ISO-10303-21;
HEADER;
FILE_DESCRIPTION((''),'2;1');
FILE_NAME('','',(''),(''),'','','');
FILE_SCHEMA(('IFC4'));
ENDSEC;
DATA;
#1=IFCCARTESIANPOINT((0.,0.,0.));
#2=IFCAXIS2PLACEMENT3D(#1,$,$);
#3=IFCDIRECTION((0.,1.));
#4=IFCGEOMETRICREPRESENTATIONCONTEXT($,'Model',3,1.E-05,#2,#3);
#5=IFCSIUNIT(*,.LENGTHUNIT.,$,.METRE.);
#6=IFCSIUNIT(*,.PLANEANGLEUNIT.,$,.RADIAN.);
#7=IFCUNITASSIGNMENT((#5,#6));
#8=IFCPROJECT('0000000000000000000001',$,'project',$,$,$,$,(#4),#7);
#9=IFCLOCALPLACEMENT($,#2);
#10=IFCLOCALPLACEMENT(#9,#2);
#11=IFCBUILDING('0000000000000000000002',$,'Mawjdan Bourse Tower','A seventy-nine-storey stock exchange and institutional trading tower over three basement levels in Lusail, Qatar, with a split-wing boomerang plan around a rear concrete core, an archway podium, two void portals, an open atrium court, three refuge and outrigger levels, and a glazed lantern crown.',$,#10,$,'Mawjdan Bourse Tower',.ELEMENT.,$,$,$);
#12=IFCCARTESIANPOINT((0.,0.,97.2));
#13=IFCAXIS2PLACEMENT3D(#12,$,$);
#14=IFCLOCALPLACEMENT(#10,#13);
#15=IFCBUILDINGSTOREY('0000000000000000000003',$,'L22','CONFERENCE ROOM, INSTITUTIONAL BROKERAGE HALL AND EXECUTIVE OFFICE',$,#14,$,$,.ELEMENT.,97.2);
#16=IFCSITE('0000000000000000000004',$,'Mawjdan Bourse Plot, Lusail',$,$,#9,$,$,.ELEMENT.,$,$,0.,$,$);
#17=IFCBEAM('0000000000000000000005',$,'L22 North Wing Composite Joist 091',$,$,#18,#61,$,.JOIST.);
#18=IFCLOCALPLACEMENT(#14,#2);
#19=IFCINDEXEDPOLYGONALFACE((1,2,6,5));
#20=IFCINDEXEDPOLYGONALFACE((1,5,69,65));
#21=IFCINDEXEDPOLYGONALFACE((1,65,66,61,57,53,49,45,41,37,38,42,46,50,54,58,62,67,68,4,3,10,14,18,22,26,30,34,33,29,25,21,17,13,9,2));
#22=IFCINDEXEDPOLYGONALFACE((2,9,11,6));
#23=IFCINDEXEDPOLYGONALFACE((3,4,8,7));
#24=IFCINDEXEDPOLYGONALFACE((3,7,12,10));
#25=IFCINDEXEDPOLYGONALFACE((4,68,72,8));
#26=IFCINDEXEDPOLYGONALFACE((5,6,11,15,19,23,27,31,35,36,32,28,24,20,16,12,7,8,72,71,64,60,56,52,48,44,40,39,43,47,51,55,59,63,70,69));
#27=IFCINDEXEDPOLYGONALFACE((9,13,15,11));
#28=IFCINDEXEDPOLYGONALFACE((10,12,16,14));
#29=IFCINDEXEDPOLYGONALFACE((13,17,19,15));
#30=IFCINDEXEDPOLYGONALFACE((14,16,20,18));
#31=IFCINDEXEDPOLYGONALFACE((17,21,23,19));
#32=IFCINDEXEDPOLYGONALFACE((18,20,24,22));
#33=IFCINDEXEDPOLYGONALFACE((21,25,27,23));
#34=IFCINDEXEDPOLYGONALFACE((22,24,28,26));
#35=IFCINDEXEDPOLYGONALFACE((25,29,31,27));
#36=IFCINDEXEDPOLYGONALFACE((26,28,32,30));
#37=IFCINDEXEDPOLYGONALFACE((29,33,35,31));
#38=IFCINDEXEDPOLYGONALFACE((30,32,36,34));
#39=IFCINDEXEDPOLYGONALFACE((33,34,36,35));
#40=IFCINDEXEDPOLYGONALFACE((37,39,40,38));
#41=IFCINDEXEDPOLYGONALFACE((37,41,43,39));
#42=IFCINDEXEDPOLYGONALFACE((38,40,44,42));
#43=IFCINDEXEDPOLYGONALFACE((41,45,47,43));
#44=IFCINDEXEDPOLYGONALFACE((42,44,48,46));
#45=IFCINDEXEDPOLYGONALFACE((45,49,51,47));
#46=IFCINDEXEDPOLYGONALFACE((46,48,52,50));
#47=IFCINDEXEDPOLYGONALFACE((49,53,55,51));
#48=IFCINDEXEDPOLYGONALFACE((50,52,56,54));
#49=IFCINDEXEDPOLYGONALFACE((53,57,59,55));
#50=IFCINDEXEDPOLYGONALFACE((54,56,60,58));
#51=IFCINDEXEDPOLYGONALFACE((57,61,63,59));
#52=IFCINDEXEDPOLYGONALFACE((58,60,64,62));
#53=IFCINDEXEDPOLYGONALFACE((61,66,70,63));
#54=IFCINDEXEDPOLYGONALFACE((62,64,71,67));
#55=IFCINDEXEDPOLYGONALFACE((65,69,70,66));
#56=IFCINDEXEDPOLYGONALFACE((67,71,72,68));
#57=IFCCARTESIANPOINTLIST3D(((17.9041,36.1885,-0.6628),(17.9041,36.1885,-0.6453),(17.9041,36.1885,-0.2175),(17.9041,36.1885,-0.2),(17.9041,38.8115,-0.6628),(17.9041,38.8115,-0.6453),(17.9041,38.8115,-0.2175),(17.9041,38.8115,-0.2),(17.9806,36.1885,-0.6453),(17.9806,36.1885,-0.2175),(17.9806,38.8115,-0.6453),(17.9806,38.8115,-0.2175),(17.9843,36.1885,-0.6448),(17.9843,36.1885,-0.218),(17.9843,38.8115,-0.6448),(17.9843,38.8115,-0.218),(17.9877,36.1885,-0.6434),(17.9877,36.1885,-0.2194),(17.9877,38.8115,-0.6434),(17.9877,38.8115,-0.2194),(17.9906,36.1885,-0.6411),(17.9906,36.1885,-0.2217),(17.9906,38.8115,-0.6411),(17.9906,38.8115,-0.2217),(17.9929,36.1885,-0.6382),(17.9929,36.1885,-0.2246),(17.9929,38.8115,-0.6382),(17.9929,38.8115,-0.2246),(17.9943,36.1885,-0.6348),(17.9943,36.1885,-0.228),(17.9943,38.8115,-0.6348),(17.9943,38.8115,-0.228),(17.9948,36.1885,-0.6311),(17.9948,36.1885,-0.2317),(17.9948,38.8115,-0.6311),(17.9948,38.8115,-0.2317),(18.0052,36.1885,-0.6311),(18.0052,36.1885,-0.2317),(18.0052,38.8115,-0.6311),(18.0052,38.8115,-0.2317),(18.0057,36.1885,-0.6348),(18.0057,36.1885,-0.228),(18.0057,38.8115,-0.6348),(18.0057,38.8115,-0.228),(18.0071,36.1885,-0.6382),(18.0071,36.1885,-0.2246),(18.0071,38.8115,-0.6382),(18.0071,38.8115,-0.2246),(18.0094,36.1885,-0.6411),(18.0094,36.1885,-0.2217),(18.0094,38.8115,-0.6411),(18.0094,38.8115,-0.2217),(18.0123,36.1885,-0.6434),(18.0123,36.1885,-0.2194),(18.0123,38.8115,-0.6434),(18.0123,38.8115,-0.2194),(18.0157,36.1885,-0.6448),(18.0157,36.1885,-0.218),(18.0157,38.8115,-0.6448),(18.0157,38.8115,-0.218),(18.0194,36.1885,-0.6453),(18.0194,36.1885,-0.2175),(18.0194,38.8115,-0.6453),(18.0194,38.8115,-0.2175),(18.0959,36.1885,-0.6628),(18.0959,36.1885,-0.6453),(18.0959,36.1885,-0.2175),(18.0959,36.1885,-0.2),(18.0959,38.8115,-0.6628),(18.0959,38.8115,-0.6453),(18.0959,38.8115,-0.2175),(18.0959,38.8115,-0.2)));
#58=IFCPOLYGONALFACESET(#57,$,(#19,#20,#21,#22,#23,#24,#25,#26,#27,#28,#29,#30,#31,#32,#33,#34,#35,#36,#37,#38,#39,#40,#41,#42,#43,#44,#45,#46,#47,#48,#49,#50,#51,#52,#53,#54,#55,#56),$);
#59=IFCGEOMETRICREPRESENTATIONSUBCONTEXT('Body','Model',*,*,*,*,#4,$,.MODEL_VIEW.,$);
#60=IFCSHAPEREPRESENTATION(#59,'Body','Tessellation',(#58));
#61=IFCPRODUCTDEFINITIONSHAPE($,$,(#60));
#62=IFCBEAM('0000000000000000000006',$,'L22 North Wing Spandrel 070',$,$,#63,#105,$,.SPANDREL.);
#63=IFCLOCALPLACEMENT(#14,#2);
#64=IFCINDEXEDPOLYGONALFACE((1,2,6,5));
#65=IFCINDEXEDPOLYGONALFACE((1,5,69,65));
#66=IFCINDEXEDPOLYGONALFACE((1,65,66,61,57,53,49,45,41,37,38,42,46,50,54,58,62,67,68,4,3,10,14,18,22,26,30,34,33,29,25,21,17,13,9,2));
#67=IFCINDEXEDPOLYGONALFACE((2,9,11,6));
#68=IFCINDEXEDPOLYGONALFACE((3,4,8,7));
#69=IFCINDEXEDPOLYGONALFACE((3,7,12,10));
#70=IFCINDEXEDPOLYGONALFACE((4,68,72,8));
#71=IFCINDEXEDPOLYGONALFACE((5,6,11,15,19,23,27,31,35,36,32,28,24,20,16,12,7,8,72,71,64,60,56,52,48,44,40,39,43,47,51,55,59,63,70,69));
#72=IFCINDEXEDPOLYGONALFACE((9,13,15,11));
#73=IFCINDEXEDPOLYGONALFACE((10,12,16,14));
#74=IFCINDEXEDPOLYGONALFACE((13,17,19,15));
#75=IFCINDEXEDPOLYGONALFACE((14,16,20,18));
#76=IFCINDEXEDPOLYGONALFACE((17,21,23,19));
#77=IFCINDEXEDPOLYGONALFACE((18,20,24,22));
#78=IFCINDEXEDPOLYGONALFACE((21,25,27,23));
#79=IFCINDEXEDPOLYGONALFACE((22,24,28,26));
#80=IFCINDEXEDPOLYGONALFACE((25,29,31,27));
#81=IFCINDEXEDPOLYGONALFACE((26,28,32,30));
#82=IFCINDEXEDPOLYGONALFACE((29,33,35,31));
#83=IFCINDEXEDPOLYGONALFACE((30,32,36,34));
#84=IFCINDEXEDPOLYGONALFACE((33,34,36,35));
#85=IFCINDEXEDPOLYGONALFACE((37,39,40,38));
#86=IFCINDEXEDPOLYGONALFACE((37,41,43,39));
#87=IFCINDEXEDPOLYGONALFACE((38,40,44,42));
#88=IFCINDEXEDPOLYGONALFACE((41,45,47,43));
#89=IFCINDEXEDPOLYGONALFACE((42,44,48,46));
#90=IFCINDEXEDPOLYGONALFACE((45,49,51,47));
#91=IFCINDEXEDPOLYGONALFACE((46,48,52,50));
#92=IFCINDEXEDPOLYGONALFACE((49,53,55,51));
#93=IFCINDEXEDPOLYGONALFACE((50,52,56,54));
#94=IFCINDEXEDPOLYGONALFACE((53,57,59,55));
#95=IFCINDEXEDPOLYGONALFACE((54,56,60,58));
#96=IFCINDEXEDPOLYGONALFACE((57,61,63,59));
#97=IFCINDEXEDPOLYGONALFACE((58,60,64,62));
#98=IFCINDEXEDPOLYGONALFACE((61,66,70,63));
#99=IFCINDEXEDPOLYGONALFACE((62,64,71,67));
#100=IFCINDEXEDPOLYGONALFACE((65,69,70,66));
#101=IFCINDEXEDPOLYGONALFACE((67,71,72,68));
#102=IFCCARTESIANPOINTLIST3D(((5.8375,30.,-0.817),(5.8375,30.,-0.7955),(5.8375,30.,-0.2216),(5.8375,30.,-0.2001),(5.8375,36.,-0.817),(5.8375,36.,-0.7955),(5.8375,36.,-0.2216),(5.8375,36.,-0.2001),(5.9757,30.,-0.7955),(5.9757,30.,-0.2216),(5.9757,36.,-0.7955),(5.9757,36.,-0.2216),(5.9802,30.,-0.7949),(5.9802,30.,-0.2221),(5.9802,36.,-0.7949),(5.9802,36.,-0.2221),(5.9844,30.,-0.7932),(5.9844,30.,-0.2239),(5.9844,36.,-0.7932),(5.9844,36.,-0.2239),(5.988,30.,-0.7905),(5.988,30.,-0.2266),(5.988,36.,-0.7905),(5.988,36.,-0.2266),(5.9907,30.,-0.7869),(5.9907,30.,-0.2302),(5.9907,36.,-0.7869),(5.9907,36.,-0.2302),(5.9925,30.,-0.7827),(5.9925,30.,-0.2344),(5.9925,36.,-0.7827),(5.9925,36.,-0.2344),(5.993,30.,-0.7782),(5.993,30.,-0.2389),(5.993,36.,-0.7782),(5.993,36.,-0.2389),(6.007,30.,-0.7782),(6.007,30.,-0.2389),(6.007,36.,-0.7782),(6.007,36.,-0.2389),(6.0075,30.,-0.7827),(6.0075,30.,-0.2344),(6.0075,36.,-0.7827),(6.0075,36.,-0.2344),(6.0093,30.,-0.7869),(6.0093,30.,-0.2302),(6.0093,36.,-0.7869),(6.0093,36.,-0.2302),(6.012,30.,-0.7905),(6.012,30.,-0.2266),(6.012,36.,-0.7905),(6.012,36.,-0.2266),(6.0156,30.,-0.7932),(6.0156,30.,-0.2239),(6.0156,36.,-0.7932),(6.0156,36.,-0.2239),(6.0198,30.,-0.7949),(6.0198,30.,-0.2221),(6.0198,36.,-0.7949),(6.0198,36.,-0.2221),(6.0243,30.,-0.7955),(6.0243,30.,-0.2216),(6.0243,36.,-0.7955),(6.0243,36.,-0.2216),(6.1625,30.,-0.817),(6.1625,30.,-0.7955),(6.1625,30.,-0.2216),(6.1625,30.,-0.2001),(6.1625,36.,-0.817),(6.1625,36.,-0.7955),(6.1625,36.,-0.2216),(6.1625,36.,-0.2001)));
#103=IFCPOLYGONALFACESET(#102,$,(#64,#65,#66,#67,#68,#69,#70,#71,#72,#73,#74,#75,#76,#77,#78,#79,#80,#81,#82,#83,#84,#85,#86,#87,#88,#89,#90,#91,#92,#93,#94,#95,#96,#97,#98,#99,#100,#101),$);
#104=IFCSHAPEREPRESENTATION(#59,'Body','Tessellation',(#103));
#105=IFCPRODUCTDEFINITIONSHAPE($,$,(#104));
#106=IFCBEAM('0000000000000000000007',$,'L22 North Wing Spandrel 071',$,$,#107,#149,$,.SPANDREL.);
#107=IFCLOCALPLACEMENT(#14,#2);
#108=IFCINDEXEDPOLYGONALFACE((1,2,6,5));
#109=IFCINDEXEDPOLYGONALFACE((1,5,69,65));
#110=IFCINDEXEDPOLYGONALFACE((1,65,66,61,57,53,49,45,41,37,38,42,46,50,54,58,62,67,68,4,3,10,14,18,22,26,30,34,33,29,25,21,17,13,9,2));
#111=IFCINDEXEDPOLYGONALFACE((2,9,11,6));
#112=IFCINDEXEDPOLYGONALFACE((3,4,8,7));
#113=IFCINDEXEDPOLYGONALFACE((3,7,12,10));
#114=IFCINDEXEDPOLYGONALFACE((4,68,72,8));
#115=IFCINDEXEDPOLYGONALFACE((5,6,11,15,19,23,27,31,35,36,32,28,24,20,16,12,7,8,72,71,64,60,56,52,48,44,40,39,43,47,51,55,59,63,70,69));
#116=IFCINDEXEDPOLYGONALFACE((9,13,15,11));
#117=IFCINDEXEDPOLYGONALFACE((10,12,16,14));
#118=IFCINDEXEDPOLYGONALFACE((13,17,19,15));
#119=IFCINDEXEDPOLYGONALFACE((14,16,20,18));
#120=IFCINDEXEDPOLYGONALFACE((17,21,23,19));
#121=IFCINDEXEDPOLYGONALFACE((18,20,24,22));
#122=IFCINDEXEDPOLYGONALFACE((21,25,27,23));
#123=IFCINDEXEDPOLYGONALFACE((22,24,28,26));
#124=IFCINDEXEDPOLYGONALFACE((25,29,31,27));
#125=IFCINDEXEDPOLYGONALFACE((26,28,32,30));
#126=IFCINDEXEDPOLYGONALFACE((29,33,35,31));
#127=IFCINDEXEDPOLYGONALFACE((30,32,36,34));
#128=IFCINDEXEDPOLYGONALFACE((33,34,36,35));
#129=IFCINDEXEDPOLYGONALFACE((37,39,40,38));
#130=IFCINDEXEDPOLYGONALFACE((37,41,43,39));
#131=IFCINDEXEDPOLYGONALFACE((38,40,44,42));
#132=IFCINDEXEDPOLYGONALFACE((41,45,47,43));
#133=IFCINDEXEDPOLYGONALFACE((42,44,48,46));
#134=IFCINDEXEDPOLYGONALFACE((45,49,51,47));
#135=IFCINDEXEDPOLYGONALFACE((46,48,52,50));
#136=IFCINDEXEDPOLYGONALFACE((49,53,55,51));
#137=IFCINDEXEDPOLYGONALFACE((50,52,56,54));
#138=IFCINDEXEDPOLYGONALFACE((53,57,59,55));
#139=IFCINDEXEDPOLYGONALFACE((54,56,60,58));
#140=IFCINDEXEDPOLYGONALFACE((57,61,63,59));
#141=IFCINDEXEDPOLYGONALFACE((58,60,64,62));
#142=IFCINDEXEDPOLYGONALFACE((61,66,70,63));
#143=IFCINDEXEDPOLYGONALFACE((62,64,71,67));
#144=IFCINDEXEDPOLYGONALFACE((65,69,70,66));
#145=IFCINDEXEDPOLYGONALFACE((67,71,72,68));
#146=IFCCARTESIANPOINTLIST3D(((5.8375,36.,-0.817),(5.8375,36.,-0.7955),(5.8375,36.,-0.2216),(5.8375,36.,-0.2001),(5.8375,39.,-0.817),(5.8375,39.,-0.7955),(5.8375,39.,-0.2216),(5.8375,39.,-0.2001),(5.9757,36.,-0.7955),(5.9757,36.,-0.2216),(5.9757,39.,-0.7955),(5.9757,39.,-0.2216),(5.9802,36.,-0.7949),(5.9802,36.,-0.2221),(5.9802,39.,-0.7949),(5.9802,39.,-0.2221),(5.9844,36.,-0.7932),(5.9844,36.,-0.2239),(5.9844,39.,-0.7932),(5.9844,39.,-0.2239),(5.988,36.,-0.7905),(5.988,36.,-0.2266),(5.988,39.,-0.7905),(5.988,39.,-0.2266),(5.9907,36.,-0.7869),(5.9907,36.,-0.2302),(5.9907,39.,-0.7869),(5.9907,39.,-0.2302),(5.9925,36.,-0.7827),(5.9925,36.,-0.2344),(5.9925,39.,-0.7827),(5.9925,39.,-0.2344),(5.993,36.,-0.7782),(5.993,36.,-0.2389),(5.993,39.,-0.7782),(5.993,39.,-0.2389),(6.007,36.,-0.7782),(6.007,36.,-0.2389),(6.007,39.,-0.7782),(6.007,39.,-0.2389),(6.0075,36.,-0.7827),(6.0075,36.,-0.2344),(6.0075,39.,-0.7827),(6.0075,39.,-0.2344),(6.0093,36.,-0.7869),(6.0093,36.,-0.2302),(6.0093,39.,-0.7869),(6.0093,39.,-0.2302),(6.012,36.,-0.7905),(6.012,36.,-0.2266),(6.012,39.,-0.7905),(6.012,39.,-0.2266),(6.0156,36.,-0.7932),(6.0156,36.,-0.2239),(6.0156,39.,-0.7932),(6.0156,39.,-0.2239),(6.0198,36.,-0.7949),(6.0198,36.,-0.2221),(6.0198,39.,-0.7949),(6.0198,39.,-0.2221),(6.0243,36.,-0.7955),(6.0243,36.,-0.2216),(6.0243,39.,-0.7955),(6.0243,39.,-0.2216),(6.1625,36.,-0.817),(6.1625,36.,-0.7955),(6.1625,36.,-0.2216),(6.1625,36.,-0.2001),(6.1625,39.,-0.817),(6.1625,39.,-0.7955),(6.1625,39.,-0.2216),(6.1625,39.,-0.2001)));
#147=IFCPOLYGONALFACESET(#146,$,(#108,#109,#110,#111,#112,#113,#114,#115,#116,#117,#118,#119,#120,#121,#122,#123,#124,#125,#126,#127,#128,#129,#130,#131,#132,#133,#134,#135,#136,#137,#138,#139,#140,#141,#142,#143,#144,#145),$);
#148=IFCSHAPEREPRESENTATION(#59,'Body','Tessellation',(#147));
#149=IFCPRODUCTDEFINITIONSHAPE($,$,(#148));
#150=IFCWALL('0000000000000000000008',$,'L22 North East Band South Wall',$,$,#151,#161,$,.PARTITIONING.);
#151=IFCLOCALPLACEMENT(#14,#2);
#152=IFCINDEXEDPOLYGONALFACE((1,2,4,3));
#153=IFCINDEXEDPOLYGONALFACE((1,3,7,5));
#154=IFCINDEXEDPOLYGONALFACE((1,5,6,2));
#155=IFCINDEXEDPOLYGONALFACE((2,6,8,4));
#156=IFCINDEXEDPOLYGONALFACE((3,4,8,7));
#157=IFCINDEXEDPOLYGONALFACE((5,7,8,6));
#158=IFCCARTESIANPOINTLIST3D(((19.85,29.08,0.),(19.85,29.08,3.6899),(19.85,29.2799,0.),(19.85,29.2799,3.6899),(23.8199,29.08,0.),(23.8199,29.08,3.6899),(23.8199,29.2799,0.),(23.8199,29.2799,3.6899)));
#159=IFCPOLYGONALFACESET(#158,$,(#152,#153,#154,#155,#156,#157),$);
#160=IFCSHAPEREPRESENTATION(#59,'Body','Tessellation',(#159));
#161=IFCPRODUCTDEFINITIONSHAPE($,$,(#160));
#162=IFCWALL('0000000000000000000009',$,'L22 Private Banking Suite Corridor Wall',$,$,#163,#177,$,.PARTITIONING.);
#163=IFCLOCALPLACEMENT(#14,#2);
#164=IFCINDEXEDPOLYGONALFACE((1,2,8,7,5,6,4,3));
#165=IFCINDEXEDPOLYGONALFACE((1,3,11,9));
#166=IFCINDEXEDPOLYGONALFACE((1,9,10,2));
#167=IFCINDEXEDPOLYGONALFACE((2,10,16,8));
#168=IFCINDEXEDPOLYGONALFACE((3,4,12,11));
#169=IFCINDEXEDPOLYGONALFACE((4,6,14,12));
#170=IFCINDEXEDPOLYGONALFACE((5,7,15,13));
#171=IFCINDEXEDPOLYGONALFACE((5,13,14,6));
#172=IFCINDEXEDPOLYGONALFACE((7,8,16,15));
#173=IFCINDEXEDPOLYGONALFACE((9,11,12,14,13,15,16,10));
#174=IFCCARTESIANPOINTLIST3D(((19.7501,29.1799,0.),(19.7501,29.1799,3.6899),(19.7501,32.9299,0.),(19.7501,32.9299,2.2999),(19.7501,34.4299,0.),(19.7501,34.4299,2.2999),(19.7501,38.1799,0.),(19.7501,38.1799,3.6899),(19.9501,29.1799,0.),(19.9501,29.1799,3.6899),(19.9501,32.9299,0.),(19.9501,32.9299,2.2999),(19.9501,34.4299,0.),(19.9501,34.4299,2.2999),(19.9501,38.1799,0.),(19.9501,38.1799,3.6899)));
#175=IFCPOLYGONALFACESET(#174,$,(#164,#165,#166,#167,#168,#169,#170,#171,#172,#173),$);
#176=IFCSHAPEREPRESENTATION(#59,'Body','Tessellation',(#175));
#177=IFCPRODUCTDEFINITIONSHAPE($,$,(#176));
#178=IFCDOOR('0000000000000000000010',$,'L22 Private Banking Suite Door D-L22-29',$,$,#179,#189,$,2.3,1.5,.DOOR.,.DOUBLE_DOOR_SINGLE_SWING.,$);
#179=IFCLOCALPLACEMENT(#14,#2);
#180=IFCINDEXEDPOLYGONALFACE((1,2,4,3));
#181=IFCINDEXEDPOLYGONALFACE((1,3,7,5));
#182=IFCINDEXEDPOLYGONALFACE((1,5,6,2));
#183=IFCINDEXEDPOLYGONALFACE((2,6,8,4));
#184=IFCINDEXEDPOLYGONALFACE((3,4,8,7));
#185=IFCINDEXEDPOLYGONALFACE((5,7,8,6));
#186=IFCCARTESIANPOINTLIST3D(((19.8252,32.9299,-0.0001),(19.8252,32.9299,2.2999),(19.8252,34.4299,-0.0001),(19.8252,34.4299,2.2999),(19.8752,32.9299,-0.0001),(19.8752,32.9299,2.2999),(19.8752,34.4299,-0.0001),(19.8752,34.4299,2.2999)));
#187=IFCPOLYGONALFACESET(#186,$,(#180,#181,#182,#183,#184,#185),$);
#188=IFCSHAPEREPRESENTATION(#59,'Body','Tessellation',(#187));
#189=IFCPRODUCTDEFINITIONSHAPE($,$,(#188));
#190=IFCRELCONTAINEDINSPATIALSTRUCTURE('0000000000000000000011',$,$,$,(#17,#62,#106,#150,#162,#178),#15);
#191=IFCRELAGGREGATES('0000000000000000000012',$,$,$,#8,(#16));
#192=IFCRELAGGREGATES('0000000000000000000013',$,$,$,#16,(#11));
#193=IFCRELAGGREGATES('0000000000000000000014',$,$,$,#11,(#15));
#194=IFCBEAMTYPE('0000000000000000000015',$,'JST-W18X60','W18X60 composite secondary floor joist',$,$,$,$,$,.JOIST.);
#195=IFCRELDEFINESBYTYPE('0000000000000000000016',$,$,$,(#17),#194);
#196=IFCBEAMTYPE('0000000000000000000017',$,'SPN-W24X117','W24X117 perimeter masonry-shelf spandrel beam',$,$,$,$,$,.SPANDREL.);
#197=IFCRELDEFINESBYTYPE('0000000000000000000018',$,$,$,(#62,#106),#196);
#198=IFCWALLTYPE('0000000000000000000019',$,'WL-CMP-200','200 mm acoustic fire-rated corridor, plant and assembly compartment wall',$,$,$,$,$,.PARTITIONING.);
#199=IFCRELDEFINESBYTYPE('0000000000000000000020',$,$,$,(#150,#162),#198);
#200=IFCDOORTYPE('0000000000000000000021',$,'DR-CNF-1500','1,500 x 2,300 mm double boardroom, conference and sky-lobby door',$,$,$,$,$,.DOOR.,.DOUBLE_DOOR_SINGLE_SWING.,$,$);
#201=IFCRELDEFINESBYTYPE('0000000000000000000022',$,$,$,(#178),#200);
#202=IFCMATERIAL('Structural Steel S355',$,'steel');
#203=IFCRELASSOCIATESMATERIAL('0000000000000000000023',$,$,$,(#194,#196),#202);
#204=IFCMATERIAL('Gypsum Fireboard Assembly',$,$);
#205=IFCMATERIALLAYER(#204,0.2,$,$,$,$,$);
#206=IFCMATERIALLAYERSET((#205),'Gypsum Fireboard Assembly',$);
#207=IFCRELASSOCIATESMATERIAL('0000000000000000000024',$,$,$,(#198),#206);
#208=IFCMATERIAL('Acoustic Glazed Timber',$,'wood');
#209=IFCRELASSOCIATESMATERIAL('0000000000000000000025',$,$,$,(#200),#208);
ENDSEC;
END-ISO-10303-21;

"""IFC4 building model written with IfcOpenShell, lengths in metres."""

from ifc_helpers import new_model, si_unit, direction, frame, frame_2d, origin, origin_2d, place, context, subcontext, project, spatial, rectangle, i_section, extrude, material, layer, layer_set, material_profile, profile_set, type_object, element, fill, save


model = new_model("IFC4")

# Units and contexts
model_context = context("Model", 3, precision=1e-05, world=origin(), true_north=direction((0.0, 1.0)))
body_context = subcontext(model_context, "Body", "Model", "MODEL_VIEW")
ifc_project = project(units=[si_unit("LENGTHUNIT", "METRE"), si_unit("PLANEANGLEUNIT", "RADIAN")], contexts=[model_context])

# Site, building, storey
site_placement = place(None, origin())
site = spatial("IfcSite", under=ifc_project, at=site_placement, Name="Mawjdan Bourse Plot, Lusail", CompositionType="ELEMENT", RefElevation=0.0)
building_placement = place(site_placement, origin())
building = spatial("IfcBuilding", under=site, at=building_placement, Name="Mawjdan Bourse Tower", Description="A seventy-nine-storey stock exchange and institutional trading tower over three basement levels in Lusail, Qatar, with a split-wing boomerang plan around a rear concrete core, an archway podium, two void portals, an open atrium court, three refuge and outrigger levels, and a glazed lantern crown.", LongName="Mawjdan Bourse Tower", CompositionType="ELEMENT")
storey_placement = place(building_placement, frame((0.0, 0.0, 97.2)))
storey = spatial("IfcBuildingStorey", under=building, at=storey_placement, Name="L22", Description="CONFERENCE ROOM, INSTITUTIONAL BROKERAGE HALL AND EXECUTIVE OFFICE", CompositionType="ELEMENT", Elevation=97.2)

# Beams
ifc_material_1 = material(Name="Structural Steel S355", Category="steel")
ifc_material_profile_1 = material_profile(ifc_material_1, i_section(OverallWidth=0.1919, OverallDepth=0.4629, WebThickness=0.0105, FlangeThickness=0.0176, FilletRadius=0.0142, at=origin_2d()), Name="W18X60")
ifc_profile_set_1 = profile_set([ifc_material_profile_1], Name="Structural Steel S355")
beam_type_1 = type_object("IfcBeamType", Name="JST-W18X60", Description="W18X60 composite secondary floor joist", PredefinedType="JOIST", material=ifc_profile_set_1)
beam_1_placement = place(storey_placement, frame((18.0, 36.1885, -0.4314), z_axis=(0.0, 1.0, 0.0), x_axis=(-1.0, 0.0, 0.0)))
element("IfcBeam", 1, at=beam_1_placement, inside=storey, type_object=beam_type_1, Name="L22 North Wing Composite Joist 091", PredefinedType="JOIST", context=body_context, shape_type="SweptSolid", body=[
    extrude(i_section(OverallWidth=0.1919, OverallDepth=0.4629, WebThickness=0.0105, FlangeThickness=0.0176, FilletRadius=0.0142, at=origin_2d()), origin(), (0.0, 0.0, 1.0), 2.623),
])
ifc_material_profile_2 = material_profile(ifc_material_1, i_section(OverallWidth=0.325, OverallDepth=0.6169, WebThickness=0.0139, FlangeThickness=0.0215, FilletRadius=0.0173, at=origin_2d()), Name="W24X117")
ifc_profile_set_2 = profile_set([ifc_material_profile_2], Name="Structural Steel S355")
beam_type_2 = type_object("IfcBeamType", Name="SPN-W24X117", Description="W24X117 perimeter masonry-shelf spandrel beam", PredefinedType="SPANDREL", material=ifc_profile_set_2)
beam_2_placement = place(storey_placement, frame((6.0, 30.0, -0.5085), z_axis=(0.0, 1.0, 0.0), x_axis=(-1.0, 0.0, 0.0)))
element("IfcBeam", 2, at=beam_2_placement, inside=storey, type_object=beam_type_2, Name="L22 North Wing Spandrel 070", PredefinedType="SPANDREL", context=body_context, shape_type="SweptSolid", body=[
    extrude(i_section(OverallWidth=0.325, OverallDepth=0.6169, WebThickness=0.0139, FlangeThickness=0.0215, FilletRadius=0.0173, at=origin_2d()), origin(), (0.0, 0.0, 1.0), 6.0),
])
beam_3_placement = place(storey_placement, frame((6.0, 36.0, -0.5085), z_axis=(0.0, 1.0, 0.0), x_axis=(-1.0, 0.0, 0.0)))
element("IfcBeam", 3, at=beam_3_placement, inside=storey, type_object=beam_type_2, Name="L22 North Wing Spandrel 071", PredefinedType="SPANDREL", context=body_context, shape_type="SweptSolid", body=[
    extrude(i_section(OverallWidth=0.325, OverallDepth=0.6169, WebThickness=0.0139, FlangeThickness=0.0215, FilletRadius=0.0173, at=origin_2d()), origin(), (0.0, 0.0, 1.0), 3.0),
])

# Wall
ifc_material_2 = material(Name="Gypsum Fireboard Assembly")
ifc_layer_1 = layer(ifc_material_2, 0.2)
ifc_layer_set_1 = layer_set([ifc_layer_1], Name="Gypsum Fireboard Assembly")
wall_type_1 = type_object("IfcWallType", Name="WL-CMP-200", Description="200 mm acoustic fire-rated corridor, plant and assembly compartment wall", PredefinedType="PARTITIONING", material=ifc_layer_set_1)
wall_1_placement = place(storey_placement, frame((19.8501, 29.1799, 0.0), z_axis=(0.0, 0.0, 1.0), x_axis=(1.0, 0.0, 0.0)))
element("IfcWall", 4, at=wall_1_placement, inside=storey, type_object=wall_type_1, Name="L22 North East Band South Wall", PredefinedType="PARTITIONING", context=body_context, shape_type="SweptSolid", body=[
    extrude(rectangle(XDim=3.97, YDim=0.2, at=frame_2d((1.9849, 0.0))), origin(), (0.0, 0.0, 1.0), 3.6899),
])

# Wall, opening, door
wall_2_placement = place(storey_placement, frame((19.8501, 29.1799, 0.0), z_axis=(0.0, 0.0, 1.0), x_axis=(0.0, 1.0, 0.0)))
wall_2 = element("IfcWall", 5, at=wall_2_placement, inside=storey, type_object=wall_type_1, Name="L22 Private Banking Suite Corridor Wall", PredefinedType="PARTITIONING", context=body_context, shape_type="SweptSolid", body=[
    extrude(rectangle(XDim=9.0, YDim=0.2, at=frame_2d((4.5, 0.0))), origin(), (0.0, 0.0, 1.0), 3.6899),
])
opening_placement = place(wall_2_placement, frame((3.75, 0.0, 0.0)))
opening = element("IfcOpeningElement", 6, at=opening_placement, cuts=wall_2, PredefinedType="OPENING", context=body_context, shape_type="SweptSolid", body=[
    extrude(rectangle(XDim=1.5, YDim=2.3, at=frame_2d((0.75, 1.1499))), frame((0.0, 0.1099, 0.0), z_axis=(0.0, -1.0, 0.0), x_axis=(1.0, 0.0, 0.0)), (0.0, 0.0, 1.0), 0.22),
])
ifc_material_3 = material(Name="Acoustic Glazed Timber", Category="wood")
door_type = type_object("IfcDoorType", Name="DR-CNF-1500", Description="1,500 x 2,300 mm double boardroom, conference and sky-lobby door", OperationType="DOUBLE_DOOR_SINGLE_SWING", PredefinedType="DOOR", material=ifc_material_3)
door_placement = place(opening_placement, origin())
door = element("IfcDoor", 7, at=door_placement, inside=storey, type_object=door_type, Name="L22 Private Banking Suite Door D-L22-29", OperationType="DOUBLE_DOOR_SINGLE_SWING", OverallHeight=2.3, OverallWidth=1.5, PredefinedType="DOOR", context=body_context, shape_type="SweptSolid", body=[
    extrude(rectangle(XDim=1.5, YDim=2.3, at=frame_2d((0.75, 1.1499))), frame((0.0, 0.0249, 0.0), z_axis=(0.0, -1.0, 0.0), x_axis=(1.0, 0.0, 0.0)), (0.0, 0.0, 1.0), 0.05),
])
fill(opening, door)

save(model, "model.ifc")
